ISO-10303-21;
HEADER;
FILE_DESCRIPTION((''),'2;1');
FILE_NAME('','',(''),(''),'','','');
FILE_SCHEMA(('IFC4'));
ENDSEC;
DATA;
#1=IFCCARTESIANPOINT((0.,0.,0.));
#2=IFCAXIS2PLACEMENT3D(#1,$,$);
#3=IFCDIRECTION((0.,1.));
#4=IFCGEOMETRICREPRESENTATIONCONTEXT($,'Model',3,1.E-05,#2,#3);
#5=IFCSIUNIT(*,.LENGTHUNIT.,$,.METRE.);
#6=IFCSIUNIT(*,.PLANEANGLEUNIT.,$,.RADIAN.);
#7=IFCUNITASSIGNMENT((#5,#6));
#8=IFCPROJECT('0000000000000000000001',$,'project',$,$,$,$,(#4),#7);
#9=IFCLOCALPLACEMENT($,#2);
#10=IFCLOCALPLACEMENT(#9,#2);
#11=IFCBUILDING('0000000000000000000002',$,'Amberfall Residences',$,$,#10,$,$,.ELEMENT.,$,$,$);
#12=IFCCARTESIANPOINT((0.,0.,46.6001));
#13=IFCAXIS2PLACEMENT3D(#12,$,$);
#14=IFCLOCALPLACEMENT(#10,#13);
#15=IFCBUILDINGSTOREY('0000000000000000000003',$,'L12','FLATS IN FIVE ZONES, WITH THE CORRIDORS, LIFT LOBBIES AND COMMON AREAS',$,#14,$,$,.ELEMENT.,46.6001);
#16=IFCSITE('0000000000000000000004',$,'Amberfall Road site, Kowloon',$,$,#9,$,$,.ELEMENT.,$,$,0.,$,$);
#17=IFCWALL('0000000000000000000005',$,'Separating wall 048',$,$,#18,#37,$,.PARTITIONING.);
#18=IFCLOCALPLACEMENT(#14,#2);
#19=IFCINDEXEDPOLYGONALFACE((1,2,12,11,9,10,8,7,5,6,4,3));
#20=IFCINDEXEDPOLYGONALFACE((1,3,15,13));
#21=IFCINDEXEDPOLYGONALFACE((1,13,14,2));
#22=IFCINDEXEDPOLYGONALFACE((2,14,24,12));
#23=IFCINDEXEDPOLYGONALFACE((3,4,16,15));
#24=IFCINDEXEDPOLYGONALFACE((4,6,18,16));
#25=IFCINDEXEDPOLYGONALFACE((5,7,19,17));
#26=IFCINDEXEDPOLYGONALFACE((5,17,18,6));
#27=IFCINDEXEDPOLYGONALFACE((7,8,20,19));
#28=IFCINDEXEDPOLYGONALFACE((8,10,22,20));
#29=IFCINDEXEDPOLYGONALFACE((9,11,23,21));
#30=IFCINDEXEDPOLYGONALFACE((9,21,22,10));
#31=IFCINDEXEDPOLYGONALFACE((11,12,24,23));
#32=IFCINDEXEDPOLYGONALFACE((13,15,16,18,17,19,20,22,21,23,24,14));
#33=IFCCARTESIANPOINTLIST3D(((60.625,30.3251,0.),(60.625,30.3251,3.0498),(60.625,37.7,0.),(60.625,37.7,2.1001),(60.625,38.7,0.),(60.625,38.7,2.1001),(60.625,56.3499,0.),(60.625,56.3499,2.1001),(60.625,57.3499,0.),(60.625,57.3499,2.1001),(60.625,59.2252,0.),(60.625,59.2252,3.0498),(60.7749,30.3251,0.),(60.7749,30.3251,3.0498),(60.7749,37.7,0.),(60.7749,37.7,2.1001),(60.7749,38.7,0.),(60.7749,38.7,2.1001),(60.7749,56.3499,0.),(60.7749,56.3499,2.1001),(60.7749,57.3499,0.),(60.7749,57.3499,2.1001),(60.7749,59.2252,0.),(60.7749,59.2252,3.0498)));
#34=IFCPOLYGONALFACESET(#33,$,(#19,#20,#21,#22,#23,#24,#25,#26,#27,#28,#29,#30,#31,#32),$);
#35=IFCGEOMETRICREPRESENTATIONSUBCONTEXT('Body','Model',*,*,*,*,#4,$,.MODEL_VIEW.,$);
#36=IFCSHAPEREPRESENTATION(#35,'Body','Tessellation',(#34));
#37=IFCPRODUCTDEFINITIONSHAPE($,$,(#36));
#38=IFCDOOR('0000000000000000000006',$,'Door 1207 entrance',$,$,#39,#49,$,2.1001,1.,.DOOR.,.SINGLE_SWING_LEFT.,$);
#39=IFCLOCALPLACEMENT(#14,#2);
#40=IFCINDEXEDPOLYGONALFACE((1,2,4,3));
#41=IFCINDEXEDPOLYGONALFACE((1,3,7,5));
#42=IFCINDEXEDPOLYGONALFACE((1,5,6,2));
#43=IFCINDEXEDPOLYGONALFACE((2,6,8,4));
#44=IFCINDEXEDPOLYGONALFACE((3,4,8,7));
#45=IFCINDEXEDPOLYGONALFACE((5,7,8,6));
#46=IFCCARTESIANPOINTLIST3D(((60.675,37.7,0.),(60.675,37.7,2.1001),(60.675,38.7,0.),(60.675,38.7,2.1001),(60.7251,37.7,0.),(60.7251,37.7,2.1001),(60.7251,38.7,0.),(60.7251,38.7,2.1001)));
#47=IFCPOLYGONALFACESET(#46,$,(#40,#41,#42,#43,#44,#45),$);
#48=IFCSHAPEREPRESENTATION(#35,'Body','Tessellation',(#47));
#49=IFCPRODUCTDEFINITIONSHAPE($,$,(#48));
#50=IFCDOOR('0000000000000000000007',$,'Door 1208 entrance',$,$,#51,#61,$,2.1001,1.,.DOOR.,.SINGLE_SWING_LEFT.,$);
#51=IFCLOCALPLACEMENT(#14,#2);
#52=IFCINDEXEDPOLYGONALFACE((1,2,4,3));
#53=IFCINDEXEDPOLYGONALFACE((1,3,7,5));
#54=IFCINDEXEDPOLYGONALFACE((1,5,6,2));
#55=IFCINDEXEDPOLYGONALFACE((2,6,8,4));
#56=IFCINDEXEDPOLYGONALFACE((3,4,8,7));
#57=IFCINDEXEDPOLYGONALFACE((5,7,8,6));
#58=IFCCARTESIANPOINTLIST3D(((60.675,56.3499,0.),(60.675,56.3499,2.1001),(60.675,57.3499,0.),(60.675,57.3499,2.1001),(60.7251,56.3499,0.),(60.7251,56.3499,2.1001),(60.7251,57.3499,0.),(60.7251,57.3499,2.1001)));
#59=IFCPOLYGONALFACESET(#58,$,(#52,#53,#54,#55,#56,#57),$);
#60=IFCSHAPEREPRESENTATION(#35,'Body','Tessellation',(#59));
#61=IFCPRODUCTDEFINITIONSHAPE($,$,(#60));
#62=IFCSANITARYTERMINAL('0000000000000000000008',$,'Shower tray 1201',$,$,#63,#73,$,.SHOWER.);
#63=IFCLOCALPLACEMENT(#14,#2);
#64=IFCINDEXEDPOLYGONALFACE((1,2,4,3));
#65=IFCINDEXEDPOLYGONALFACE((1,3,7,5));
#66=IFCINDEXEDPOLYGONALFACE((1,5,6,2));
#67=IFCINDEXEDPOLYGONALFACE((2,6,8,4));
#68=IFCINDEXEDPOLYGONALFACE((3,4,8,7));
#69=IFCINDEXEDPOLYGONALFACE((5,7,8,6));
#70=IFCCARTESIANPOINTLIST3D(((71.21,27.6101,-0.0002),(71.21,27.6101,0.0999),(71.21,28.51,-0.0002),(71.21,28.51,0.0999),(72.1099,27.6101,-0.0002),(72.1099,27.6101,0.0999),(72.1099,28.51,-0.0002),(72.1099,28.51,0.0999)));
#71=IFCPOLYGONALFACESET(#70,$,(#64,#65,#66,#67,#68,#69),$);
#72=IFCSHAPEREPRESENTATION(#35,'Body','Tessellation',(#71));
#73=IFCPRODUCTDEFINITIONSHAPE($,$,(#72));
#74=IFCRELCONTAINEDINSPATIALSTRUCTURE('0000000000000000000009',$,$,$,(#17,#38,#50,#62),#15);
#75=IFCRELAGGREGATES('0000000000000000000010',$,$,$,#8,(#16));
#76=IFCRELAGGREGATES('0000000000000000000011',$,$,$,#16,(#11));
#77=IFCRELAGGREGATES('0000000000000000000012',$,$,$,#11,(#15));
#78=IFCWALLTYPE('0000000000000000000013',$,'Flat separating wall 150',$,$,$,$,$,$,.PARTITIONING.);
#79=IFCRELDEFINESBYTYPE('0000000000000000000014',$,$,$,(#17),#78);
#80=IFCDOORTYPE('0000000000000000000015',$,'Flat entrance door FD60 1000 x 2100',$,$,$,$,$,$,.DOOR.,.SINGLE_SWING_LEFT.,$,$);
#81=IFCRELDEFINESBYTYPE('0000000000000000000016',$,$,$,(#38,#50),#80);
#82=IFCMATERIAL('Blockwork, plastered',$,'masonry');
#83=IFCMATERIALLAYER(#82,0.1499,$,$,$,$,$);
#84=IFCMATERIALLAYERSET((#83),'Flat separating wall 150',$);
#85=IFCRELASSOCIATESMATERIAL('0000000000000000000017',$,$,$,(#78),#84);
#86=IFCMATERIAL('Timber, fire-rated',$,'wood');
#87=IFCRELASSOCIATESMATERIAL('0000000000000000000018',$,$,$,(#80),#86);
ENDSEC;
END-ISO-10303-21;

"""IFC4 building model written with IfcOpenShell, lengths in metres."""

from ifc_helpers import new_model, si_unit, direction, frame, frame_2d, origin, origin_2d, place, context, subcontext, project, spatial, rectangle, extrude, material, layer, layer_set, type_object, element, fill, save


model = new_model("IFC4")

# Units and contexts
model_context = context("Model", 3, precision=1e-05, world=origin(), true_north=direction((0.0, 1.0)))
body_context = subcontext(model_context, "Body", "Model", "MODEL_VIEW")
ifc_project = project(units=[si_unit("LENGTHUNIT", "METRE"), si_unit("PLANEANGLEUNIT", "RADIAN")], contexts=[model_context])

# Site, building, storey
site_placement = place(None, origin())
site = spatial("IfcSite", under=ifc_project, at=site_placement, Name="Amberfall Road site, Kowloon", CompositionType="ELEMENT", RefElevation=0.0)
building_placement = place(site_placement, origin())
building = spatial("IfcBuilding", under=site, at=building_placement, Name="Amberfall Residences", CompositionType="ELEMENT")
storey_placement = place(building_placement, frame((0.0, 0.0, 46.6001)))
storey = spatial("IfcBuildingStorey", under=building, at=storey_placement, Name="L12", Description="FLATS IN FIVE ZONES, WITH THE CORRIDORS, LIFT LOBBIES AND COMMON AREAS", CompositionType="ELEMENT", Elevation=46.6001)

# Wall, openings, doors
ifc_material_1 = material(Name="Blockwork, plastered", Category="masonry")
ifc_layer_1 = layer(ifc_material_1, 0.1499)
ifc_layer_set_1 = layer_set([ifc_layer_1], Name="Flat separating wall 150")
wall_type_1 = type_object("IfcWallType", Name="Flat separating wall 150", PredefinedType="PARTITIONING", material=ifc_layer_set_1)
wall_1_placement = place(storey_placement, frame((60.7, 30.325, 0.0), z_axis=(0.0, 0.0, 1.0), x_axis=(0.0, 1.0, 0.0)))
wall_1 = element("IfcWall", 1, at=wall_1_placement, inside=storey, type_object=wall_type_1, Name="Separating wall 048", PredefinedType="PARTITIONING", context=body_context, shape_type="SweptSolid", body=[
    extrude(rectangle(XDim=28.9001, YDim=0.1499, at=frame_2d((14.4502, 0.0))), origin(), (0.0, 0.0, 1.0), 3.0498),
])
opening_1_placement = place(wall_1_placement, frame((7.375, 0.0, 0.0)))
opening_1 = element("IfcOpeningElement", 2, at=opening_1_placement, cuts=wall_1, PredefinedType="OPENING", context=body_context, shape_type="SweptSolid", body=[
    extrude(rectangle(XDim=1.0, YDim=2.1001, at=frame_2d((0.5, 1.05))), frame((0.0, 0.085, 0.0), z_axis=(0.0, -1.0, 0.0), x_axis=(1.0, 0.0, 0.0)), (0.0, 0.0, 1.0), 0.1699),
])
opening_2_placement = place(wall_1_placement, frame((26.0249, 0.0, 0.0)))
opening_2 = element("IfcOpeningElement", 3, at=opening_2_placement, cuts=wall_1, PredefinedType="OPENING", context=body_context, shape_type="SweptSolid", body=[
    extrude(rectangle(XDim=1.0, YDim=2.1001, at=frame_2d((0.5, 1.05))), frame((0.0, 0.085, 0.0), z_axis=(0.0, -1.0, 0.0), x_axis=(1.0, 0.0, 0.0)), (0.0, 0.0, 1.0), 0.1699),
])
ifc_material_2 = material(Name="Timber, fire-rated", Category="wood")
door_type_1 = type_object("IfcDoorType", Name="Flat entrance door FD60 1000 x 2100", OperationType="SINGLE_SWING_LEFT", PredefinedType="DOOR", material=ifc_material_2)
door_1_placement = place(opening_1_placement, origin())
door_1 = element("IfcDoor", 4, at=door_1_placement, inside=storey, type_object=door_type_1, Name="Door 1207 entrance", OperationType="SINGLE_SWING_LEFT", OverallHeight=2.1001, OverallWidth=1.0, PredefinedType="DOOR", context=body_context, shape_type="SweptSolid", body=[
    extrude(rectangle(XDim=1.0, YDim=2.1001, at=frame_2d((0.5, 1.05))), frame((0.0, 0.0249, 0.0), z_axis=(0.0, -1.0, 0.0), x_axis=(1.0, 0.0, 0.0)), (0.0, 0.0, 1.0), 0.05),
])
fill(opening_1, door_1)
door_2_placement = place(opening_2_placement, origin())
door_2 = element("IfcDoor", 5, at=door_2_placement, inside=storey, type_object=door_type_1, Name="Door 1208 entrance", OperationType="SINGLE_SWING_LEFT", OverallHeight=2.1001, OverallWidth=1.0, PredefinedType="DOOR", context=body_context, shape_type="SweptSolid", body=[
    extrude(rectangle(XDim=1.0, YDim=2.1001, at=frame_2d((0.5, 1.05))), frame((0.0, 0.0249, 0.0), z_axis=(0.0, -1.0, 0.0), x_axis=(1.0, 0.0, 0.0)), (0.0, 0.0, 1.0), 0.05),
])
fill(opening_2, door_2)

# Sanitary terminal
sanitary_terminal_placement = place(storey_placement, frame((71.6599, 28.0601, -0.0002), z_axis=(0.0, 0.0, 1.0), x_axis=(1.0, 0.0, 0.0)))
element("IfcSanitaryTerminal", 6, at=sanitary_terminal_placement, inside=storey, Name="Shower tray 1201", PredefinedType="SHOWER", context=body_context, shape_type="SweptSolid", body=[
    extrude(rectangle(XDim=0.8999, YDim=0.8999, at=origin_2d()), origin(), (0.0, 0.0, 1.0), 0.1001),
])

save(model, "model.ifc")
